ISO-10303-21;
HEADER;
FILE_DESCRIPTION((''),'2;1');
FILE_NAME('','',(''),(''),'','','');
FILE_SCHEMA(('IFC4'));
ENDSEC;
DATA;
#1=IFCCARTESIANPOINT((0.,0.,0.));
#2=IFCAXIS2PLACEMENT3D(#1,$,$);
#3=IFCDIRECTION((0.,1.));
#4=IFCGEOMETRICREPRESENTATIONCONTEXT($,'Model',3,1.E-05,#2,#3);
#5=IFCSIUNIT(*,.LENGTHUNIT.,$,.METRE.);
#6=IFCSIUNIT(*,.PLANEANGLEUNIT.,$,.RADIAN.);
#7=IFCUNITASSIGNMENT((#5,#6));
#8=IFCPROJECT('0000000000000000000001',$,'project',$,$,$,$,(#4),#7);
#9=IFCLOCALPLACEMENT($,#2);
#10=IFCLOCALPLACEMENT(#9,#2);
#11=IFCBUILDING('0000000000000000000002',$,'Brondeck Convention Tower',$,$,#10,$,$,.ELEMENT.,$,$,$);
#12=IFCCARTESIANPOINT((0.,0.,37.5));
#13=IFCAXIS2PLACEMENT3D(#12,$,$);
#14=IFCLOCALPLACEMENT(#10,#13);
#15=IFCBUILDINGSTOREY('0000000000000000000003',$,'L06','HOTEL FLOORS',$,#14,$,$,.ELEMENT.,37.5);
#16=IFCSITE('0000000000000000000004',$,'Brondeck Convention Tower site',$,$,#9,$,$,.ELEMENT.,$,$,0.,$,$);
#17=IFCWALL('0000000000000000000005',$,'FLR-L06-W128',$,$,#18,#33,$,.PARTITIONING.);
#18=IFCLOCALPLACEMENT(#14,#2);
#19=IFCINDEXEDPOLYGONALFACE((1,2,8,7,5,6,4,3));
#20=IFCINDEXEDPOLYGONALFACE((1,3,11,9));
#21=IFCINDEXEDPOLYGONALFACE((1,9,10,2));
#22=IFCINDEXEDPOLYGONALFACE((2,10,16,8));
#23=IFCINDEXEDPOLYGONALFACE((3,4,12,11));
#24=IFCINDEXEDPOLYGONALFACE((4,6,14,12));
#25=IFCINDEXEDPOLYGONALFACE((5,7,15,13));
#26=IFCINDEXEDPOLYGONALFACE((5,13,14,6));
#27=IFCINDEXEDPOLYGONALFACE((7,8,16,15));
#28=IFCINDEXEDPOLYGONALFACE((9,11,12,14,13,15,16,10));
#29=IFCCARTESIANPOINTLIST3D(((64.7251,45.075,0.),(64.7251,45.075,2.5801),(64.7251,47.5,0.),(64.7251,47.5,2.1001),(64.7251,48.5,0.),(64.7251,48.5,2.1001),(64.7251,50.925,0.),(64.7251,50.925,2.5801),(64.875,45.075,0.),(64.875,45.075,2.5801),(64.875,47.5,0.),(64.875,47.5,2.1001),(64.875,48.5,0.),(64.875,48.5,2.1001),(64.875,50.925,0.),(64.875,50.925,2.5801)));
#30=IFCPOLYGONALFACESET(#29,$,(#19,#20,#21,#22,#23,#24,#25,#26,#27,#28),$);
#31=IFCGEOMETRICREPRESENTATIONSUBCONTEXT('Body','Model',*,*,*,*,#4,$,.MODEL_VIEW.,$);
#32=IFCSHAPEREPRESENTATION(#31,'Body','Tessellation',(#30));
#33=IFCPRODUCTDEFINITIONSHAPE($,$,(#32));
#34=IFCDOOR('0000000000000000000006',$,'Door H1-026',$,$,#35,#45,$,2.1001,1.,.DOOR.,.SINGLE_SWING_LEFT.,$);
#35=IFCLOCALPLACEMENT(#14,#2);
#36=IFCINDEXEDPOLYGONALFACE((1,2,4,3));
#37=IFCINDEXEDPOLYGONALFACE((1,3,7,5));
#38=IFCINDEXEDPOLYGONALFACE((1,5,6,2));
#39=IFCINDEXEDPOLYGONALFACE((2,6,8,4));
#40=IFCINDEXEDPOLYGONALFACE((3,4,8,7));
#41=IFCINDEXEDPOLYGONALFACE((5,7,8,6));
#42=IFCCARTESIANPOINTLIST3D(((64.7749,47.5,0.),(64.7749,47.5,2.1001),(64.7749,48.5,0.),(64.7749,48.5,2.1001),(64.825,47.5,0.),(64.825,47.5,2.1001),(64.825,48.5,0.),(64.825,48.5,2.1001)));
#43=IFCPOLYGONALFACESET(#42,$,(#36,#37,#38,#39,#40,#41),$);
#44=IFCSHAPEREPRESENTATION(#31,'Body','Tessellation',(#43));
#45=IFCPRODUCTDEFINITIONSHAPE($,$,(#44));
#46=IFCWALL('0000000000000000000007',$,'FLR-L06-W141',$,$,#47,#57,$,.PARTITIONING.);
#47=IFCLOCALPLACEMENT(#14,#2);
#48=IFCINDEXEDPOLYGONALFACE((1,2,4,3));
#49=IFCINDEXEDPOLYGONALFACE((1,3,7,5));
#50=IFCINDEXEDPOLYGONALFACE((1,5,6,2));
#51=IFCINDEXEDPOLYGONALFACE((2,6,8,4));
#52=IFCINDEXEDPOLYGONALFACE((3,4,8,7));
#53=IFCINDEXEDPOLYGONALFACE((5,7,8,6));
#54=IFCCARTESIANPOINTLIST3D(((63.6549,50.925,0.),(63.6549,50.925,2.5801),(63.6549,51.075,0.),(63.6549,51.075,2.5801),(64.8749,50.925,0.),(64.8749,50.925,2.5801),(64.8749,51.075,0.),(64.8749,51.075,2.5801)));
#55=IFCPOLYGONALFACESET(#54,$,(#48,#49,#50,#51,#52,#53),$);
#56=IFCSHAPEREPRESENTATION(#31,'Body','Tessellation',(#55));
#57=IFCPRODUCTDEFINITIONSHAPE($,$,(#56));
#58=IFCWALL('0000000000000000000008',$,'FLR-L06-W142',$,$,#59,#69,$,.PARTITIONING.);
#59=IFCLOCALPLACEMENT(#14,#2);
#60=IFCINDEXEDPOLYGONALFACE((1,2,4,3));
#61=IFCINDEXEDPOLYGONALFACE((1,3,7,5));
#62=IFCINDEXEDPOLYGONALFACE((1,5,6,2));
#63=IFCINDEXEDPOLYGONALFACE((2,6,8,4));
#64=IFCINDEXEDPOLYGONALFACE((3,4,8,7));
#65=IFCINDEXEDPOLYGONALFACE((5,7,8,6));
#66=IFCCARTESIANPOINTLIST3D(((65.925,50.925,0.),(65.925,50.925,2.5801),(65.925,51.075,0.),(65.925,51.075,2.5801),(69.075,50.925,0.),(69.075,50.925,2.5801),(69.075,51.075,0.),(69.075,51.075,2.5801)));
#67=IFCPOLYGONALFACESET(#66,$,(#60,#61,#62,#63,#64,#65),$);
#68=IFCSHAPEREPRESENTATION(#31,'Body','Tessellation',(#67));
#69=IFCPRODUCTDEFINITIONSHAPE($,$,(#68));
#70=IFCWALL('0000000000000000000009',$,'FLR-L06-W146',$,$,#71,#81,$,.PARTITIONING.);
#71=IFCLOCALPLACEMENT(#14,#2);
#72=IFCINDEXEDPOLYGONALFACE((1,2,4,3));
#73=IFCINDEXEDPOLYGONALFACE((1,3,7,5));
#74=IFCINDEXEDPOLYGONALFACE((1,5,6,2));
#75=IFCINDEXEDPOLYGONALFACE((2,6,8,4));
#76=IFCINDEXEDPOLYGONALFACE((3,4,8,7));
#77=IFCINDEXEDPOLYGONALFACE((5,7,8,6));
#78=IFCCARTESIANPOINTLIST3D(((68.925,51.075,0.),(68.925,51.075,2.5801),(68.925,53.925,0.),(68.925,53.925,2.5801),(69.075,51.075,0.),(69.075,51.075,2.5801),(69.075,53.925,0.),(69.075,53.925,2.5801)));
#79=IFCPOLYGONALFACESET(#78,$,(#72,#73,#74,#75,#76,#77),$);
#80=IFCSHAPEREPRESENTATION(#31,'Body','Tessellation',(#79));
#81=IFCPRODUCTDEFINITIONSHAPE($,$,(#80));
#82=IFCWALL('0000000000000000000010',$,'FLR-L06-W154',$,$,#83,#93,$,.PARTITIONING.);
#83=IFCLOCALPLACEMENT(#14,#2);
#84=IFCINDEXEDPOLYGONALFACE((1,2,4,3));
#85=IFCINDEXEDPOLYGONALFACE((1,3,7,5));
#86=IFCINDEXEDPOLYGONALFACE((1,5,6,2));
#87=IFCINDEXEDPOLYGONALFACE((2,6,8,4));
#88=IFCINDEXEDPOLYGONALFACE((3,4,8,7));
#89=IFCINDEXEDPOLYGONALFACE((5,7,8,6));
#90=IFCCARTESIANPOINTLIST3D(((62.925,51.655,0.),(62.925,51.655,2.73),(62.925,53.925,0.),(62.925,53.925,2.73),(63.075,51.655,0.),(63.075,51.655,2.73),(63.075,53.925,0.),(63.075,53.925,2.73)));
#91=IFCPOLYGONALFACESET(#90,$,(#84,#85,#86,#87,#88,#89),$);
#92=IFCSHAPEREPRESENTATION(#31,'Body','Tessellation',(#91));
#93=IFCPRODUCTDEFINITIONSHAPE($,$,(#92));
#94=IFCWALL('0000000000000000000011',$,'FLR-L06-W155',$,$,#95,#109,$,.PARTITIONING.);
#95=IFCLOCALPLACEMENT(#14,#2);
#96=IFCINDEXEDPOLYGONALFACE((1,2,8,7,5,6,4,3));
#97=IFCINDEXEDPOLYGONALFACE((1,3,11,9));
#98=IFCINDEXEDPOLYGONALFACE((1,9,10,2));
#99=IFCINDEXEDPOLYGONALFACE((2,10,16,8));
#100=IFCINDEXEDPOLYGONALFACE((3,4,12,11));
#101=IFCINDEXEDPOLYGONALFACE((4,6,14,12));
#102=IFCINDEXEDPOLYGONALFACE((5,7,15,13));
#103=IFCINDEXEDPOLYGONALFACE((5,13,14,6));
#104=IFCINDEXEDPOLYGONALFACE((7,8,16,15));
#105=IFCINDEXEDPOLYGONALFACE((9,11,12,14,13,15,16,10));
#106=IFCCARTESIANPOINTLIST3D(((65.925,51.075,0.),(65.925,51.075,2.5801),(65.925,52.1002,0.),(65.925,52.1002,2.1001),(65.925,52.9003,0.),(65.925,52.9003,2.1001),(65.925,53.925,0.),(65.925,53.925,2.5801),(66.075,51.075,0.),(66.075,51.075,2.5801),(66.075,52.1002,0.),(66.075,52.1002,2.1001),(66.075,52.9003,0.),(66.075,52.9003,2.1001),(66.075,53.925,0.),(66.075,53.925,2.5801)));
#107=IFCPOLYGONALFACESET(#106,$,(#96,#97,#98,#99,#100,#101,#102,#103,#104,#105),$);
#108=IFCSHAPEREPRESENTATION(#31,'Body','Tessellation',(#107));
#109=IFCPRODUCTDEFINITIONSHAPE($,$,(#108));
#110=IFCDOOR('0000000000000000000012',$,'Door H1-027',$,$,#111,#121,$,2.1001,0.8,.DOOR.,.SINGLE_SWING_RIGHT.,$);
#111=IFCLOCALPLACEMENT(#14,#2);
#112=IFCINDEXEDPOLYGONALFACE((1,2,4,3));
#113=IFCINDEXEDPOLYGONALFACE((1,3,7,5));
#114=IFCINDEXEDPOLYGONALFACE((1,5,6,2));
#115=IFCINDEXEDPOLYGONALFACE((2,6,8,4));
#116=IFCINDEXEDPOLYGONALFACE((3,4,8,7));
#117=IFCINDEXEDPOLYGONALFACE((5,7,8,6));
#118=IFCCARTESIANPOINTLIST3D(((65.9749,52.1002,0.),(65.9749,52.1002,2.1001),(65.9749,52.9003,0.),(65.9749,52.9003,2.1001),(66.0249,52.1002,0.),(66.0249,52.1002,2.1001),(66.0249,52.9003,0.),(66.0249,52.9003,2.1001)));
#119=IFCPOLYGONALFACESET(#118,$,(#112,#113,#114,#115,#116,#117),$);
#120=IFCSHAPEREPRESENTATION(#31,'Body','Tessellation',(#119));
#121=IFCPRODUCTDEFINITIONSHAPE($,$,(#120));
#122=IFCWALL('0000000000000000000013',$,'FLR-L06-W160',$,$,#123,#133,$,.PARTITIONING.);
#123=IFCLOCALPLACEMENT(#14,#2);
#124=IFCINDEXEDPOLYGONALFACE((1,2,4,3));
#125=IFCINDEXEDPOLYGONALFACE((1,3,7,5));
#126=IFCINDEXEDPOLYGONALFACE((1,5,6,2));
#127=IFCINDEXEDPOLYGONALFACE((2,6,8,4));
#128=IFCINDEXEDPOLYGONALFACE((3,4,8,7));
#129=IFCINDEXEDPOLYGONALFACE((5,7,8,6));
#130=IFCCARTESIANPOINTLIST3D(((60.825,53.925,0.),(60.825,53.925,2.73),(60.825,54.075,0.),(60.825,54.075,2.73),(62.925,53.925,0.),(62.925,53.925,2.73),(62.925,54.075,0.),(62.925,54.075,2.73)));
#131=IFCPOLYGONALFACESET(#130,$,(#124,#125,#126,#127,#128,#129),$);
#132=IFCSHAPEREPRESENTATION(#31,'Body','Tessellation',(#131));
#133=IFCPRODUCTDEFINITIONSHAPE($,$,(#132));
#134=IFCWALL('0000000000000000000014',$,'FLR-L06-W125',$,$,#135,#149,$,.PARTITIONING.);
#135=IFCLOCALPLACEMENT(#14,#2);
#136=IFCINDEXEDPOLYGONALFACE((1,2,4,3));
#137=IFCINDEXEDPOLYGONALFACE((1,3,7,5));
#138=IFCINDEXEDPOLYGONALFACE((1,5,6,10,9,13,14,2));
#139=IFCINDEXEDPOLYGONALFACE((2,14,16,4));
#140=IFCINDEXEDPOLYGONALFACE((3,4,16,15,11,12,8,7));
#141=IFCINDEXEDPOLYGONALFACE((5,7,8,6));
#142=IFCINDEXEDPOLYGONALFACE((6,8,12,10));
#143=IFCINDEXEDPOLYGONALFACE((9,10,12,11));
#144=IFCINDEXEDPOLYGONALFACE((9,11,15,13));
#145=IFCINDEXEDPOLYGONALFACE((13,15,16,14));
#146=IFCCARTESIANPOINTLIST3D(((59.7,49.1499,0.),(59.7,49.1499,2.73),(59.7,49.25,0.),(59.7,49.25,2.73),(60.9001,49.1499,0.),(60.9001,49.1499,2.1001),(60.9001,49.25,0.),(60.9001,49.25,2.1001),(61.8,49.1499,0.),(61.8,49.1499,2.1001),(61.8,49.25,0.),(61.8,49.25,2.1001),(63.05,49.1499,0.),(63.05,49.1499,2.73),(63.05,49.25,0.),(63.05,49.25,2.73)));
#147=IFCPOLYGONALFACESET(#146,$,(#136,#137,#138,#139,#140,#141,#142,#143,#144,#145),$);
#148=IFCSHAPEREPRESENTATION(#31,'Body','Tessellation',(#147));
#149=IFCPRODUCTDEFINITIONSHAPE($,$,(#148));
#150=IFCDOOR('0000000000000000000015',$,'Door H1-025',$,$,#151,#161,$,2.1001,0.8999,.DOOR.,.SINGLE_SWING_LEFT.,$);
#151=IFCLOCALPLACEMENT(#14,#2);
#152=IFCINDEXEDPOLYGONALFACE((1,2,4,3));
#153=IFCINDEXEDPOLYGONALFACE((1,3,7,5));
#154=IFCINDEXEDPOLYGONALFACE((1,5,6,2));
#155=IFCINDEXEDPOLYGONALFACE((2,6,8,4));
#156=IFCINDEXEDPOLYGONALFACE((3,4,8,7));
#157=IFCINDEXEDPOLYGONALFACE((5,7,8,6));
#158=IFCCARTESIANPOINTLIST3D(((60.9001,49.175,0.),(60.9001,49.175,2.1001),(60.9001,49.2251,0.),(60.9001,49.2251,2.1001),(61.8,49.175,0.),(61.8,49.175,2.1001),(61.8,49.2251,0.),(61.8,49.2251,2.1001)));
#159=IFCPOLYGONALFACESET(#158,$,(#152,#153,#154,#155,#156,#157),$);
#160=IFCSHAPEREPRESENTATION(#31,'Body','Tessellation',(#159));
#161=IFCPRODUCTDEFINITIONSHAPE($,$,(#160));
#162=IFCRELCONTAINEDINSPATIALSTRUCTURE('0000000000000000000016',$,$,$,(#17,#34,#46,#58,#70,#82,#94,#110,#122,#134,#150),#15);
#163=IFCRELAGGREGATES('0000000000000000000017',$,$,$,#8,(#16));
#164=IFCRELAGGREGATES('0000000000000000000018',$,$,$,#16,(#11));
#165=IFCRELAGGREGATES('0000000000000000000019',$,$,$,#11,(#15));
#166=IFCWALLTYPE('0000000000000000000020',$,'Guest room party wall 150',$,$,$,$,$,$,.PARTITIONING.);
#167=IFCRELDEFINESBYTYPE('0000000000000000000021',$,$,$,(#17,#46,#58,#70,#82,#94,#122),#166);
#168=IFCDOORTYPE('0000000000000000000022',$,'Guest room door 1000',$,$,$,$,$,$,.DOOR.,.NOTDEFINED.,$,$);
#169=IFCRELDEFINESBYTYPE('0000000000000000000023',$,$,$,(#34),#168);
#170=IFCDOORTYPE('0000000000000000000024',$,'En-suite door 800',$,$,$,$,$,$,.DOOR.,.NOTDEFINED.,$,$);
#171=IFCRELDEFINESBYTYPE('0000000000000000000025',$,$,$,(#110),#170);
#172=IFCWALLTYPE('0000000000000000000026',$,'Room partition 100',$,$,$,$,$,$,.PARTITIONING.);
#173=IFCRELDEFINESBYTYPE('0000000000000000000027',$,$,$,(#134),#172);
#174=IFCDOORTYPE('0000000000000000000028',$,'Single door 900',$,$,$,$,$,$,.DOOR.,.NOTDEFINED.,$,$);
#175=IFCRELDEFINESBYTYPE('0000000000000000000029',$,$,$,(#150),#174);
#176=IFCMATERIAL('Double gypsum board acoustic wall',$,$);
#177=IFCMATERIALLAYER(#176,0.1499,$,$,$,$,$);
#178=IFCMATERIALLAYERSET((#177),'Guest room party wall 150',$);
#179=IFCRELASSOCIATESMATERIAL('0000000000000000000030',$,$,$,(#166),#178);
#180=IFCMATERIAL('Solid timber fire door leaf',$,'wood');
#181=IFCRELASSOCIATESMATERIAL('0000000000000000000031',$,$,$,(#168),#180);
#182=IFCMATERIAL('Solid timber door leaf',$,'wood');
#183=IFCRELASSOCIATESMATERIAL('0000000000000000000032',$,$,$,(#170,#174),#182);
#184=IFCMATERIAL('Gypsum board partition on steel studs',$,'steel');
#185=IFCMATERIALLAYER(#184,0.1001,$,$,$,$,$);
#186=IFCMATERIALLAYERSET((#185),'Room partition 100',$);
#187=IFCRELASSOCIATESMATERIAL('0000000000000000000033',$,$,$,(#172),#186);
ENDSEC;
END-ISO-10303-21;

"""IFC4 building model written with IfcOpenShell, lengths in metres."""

from ifc_helpers import new_model, si_unit, direction, frame, frame_2d, origin, place, context, subcontext, project, spatial, rectangle, extrude, material, layer, layer_set, type_object, element, fill, save


model = new_model("IFC4")

# Units and contexts
model_context = context("Model", 3, precision=1e-05, world=origin(), true_north=direction((0.0, 1.0)))
body_context = subcontext(model_context, "Body", "Model", "MODEL_VIEW")
ifc_project = project(units=[si_unit("LENGTHUNIT", "METRE"), si_unit("PLANEANGLEUNIT", "RADIAN")], contexts=[model_context])

# Site, building, storey
site_placement = place(None, origin())
site = spatial("IfcSite", under=ifc_project, at=site_placement, Name="Brondeck Convention Tower site", CompositionType="ELEMENT", RefElevation=0.0)
building_placement = place(site_placement, origin())
building = spatial("IfcBuilding", under=site, at=building_placement, Name="Brondeck Convention Tower", CompositionType="ELEMENT")
storey_placement = place(building_placement, frame((0.0, 0.0, 37.5)))
storey = spatial("IfcBuildingStorey", under=building, at=storey_placement, Name="L06", Description="HOTEL FLOORS", CompositionType="ELEMENT", Elevation=37.5)

# Shared definitions
ifc_material_1 = material(Name="Double gypsum board acoustic wall")
ifc_layer_1 = layer(ifc_material_1, 0.1499)
ifc_layer_set_1 = layer_set([ifc_layer_1], Name="Guest room party wall 150")
wall_type_1 = type_object("IfcWallType", Name="Guest room party wall 150", PredefinedType="PARTITIONING", material=ifc_layer_set_1)
ifc_material_2 = material(Name="Solid timber fire door leaf", Category="wood")
door_type_1 = type_object("IfcDoorType", Name="Guest room door 1000", OperationType="NOTDEFINED", PredefinedType="DOOR", material=ifc_material_2)

# Wall, opening, door
wall_1_placement = place(storey_placement, frame((64.8, 50.925, 0.0), z_axis=(0.0, 0.0, 1.0), x_axis=(0.0, -1.0, 0.0)))
wall_1 = element("IfcWall", 1, at=wall_1_placement, inside=storey, type_object=wall_type_1, Name="FLR-L06-W128", PredefinedType="PARTITIONING", context=body_context, shape_type="SweptSolid", body=[
    extrude(rectangle(XDim=5.8501, YDim=0.1499, at=frame_2d((2.925, 0.0))), origin(), (0.0, 0.0, 1.0), 2.5801),
])
opening_1_placement = place(wall_1_placement, frame((2.425, 0.0, 0.0)))
opening_1 = element("IfcOpeningElement", 2, at=opening_1_placement, cuts=wall_1, PredefinedType="OPENING", context=body_context, shape_type="SweptSolid", body=[
    extrude(rectangle(XDim=1.0, YDim=2.1001, at=frame_2d((0.5, 1.05))), frame((0.0, 0.085, 0.0), z_axis=(0.0, -1.0, 0.0), x_axis=(1.0, 0.0, 0.0)), (0.0, 0.0, 1.0), 0.1699),
])
door_1_placement = place(opening_1_placement, origin())
door_1 = element("IfcDoor", 3, at=door_1_placement, inside=storey, type_object=door_type_1, Name="Door H1-026", OperationType="SINGLE_SWING_LEFT", OverallHeight=2.1001, OverallWidth=1.0, PredefinedType="DOOR", context=body_context, shape_type="SweptSolid", body=[
    extrude(rectangle(XDim=1.0, YDim=2.1001, at=frame_2d((0.5, 1.05))), frame((0.0, 0.0249, 0.0), z_axis=(0.0, -1.0, 0.0), x_axis=(1.0, 0.0, 0.0)), (0.0, 0.0, 1.0), 0.05),
])
fill(opening_1, door_1)

# Walls
wall_2_placement = place(storey_placement, frame((63.655, 51.0, 0.0), z_axis=(0.0, 0.0, 1.0), x_axis=(1.0, 0.0, 0.0)))
element("IfcWall", 4, at=wall_2_placement, inside=storey, type_object=wall_type_1, Name="FLR-L06-W141", PredefinedType="PARTITIONING", context=body_context, shape_type="SweptSolid", body=[
    extrude(rectangle(XDim=1.22, YDim=0.1499, at=frame_2d((0.6099, 0.0))), origin(), (0.0, 0.0, 1.0), 2.5801),
])
wall_3_placement = place(storey_placement, frame((65.925, 51.0, 0.0), z_axis=(0.0, 0.0, 1.0), x_axis=(1.0, 0.0, 0.0)))
element("IfcWall", 5, at=wall_3_placement, inside=storey, type_object=wall_type_1, Name="FLR-L06-W142", PredefinedType="PARTITIONING", context=body_context, shape_type="SweptSolid", body=[
    extrude(rectangle(XDim=3.1499, YDim=0.1499, at=frame_2d((1.575, 0.0))), origin(), (0.0, 0.0, 1.0), 2.5801),
])
wall_4_placement = place(storey_placement, frame((69.0, 51.075, 0.0), z_axis=(0.0, 0.0, 1.0), x_axis=(0.0, 1.0, 0.0)))
element("IfcWall", 6, at=wall_4_placement, inside=storey, type_object=wall_type_1, Name="FLR-L06-W146", PredefinedType="PARTITIONING", context=body_context, shape_type="SweptSolid", body=[
    extrude(rectangle(XDim=2.8501, YDim=0.1499, at=frame_2d((1.425, 0.0))), origin(), (0.0, 0.0, 1.0), 2.5801),
])
wall_5_placement = place(storey_placement, frame((63.0, 53.925, 0.0), z_axis=(0.0, 0.0, 1.0), x_axis=(0.0, -1.0, 0.0)))
element("IfcWall", 7, at=wall_5_placement, inside=storey, type_object=wall_type_1, Name="FLR-L06-W154", PredefinedType="PARTITIONING", context=body_context, shape_type="SweptSolid", body=[
    extrude(rectangle(XDim=2.27, YDim=0.1499, at=frame_2d((1.135, 0.0))), origin(), (0.0, 0.0, 1.0), 2.73),
])

# Wall, opening, door
wall_6_placement = place(storey_placement, frame((66.0, 53.925, 0.0), z_axis=(0.0, 0.0, 1.0), x_axis=(0.0, -1.0, 0.0)))
wall_6 = element("IfcWall", 8, at=wall_6_placement, inside=storey, type_object=wall_type_1, Name="FLR-L06-W155", PredefinedType="PARTITIONING", context=body_context, shape_type="SweptSolid", body=[
    extrude(rectangle(XDim=2.8501, YDim=0.1499, at=frame_2d((1.425, 0.0))), origin(), (0.0, 0.0, 1.0), 2.5801),
])
opening_2_placement = place(wall_6_placement, frame((1.0249, 0.0, 0.0)))
opening_2 = element("IfcOpeningElement", 9, at=opening_2_placement, cuts=wall_6, PredefinedType="OPENING", context=body_context, shape_type="SweptSolid", body=[
    extrude(rectangle(XDim=0.8, YDim=2.1001, at=frame_2d((0.3999, 1.05))), frame((0.0, 0.085, 0.0), z_axis=(0.0, -1.0, 0.0), x_axis=(1.0, 0.0, 0.0)), (0.0, 0.0, 1.0), 0.1699),
])
ifc_material_3 = material(Name="Solid timber door leaf", Category="wood")
door_type_2 = type_object("IfcDoorType", Name="En-suite door 800", OperationType="NOTDEFINED", PredefinedType="DOOR", material=ifc_material_3)
door_2_placement = place(opening_2_placement, origin())
door_2 = element("IfcDoor", 10, at=door_2_placement, inside=storey, type_object=door_type_2, Name="Door H1-027", OperationType="SINGLE_SWING_RIGHT", OverallHeight=2.1001, OverallWidth=0.8, PredefinedType="DOOR", context=body_context, shape_type="SweptSolid", body=[
    extrude(rectangle(XDim=0.8, YDim=2.1001, at=frame_2d((0.3999, 1.05))), frame((0.0, 0.0249, 0.0), z_axis=(0.0, -1.0, 0.0), x_axis=(1.0, 0.0, 0.0)), (0.0, 0.0, 1.0), 0.05),
])
fill(opening_2, door_2)

# Wall
wall_7_placement = place(storey_placement, frame((62.925, 54.0, 0.0), z_axis=(0.0, 0.0, 1.0), x_axis=(-1.0, 0.0, 0.0)))
element("IfcWall", 11, at=wall_7_placement, inside=storey, type_object=wall_type_1, Name="FLR-L06-W160", PredefinedType="PARTITIONING", context=body_context, shape_type="SweptSolid", body=[
    extrude(rectangle(XDim=2.1001, YDim=0.1499, at=frame_2d((1.05, 0.0))), origin(), (0.0, 0.0, 1.0), 2.73),
])

# Wall, opening, door
ifc_material_4 = material(Name="Gypsum board partition on steel studs", Category="steel")
ifc_layer_2 = layer(ifc_material_4, 0.1001)
ifc_layer_set_2 = layer_set([ifc_layer_2], Name="Room partition 100")
wall_type_2 = type_object("IfcWallType", Name="Room partition 100", PredefinedType="PARTITIONING", material=ifc_layer_set_2)
wall_8_placement = place(storey_placement, frame((63.05, 49.2, 0.0), z_axis=(0.0, 0.0, 1.0), x_axis=(-1.0, 0.0, 0.0)))
wall_8 = element("IfcWall", 12, at=wall_8_placement, inside=storey, type_object=wall_type_2, Name="FLR-L06-W125", PredefinedType="PARTITIONING", context=body_context, shape_type="SweptSolid", body=[
    extrude(rectangle(XDim=3.3501, YDim=0.1001, at=frame_2d((1.675, 0.0))), origin(), (0.0, 0.0, 1.0), 2.73),
])
opening_3_placement = place(wall_8_placement, frame((1.25, 0.0, 0.0)))
opening_3 = element("IfcOpeningElement", 13, at=opening_3_placement, cuts=wall_8, PredefinedType="OPENING", context=body_context, shape_type="SweptSolid", body=[
    extrude(rectangle(XDim=0.8999, YDim=2.1001, at=frame_2d((0.45, 1.05))), frame((0.0, 0.0601, 0.0), z_axis=(0.0, -1.0, 0.0), x_axis=(1.0, 0.0, 0.0)), (0.0, 0.0, 1.0), 0.1201),
])
door_type_3 = type_object("IfcDoorType", Name="Single door 900", OperationType="NOTDEFINED", PredefinedType="DOOR", material=ifc_material_3)
door_3_placement = place(opening_3_placement, origin())
door_3 = element("IfcDoor", 14, at=door_3_placement, inside=storey, type_object=door_type_3, Name="Door H1-025", OperationType="SINGLE_SWING_LEFT", OverallHeight=2.1001, OverallWidth=0.8999, PredefinedType="DOOR", context=body_context, shape_type="SweptSolid", body=[
    extrude(rectangle(XDim=0.8999, YDim=2.1001, at=frame_2d((0.45, 1.05))), frame((0.0, 0.0249, 0.0), z_axis=(0.0, -1.0, 0.0), x_axis=(1.0, 0.0, 0.0)), (0.0, 0.0, 1.0), 0.05),
])
fill(opening_3, door_3)

save(model, "model.ifc")
